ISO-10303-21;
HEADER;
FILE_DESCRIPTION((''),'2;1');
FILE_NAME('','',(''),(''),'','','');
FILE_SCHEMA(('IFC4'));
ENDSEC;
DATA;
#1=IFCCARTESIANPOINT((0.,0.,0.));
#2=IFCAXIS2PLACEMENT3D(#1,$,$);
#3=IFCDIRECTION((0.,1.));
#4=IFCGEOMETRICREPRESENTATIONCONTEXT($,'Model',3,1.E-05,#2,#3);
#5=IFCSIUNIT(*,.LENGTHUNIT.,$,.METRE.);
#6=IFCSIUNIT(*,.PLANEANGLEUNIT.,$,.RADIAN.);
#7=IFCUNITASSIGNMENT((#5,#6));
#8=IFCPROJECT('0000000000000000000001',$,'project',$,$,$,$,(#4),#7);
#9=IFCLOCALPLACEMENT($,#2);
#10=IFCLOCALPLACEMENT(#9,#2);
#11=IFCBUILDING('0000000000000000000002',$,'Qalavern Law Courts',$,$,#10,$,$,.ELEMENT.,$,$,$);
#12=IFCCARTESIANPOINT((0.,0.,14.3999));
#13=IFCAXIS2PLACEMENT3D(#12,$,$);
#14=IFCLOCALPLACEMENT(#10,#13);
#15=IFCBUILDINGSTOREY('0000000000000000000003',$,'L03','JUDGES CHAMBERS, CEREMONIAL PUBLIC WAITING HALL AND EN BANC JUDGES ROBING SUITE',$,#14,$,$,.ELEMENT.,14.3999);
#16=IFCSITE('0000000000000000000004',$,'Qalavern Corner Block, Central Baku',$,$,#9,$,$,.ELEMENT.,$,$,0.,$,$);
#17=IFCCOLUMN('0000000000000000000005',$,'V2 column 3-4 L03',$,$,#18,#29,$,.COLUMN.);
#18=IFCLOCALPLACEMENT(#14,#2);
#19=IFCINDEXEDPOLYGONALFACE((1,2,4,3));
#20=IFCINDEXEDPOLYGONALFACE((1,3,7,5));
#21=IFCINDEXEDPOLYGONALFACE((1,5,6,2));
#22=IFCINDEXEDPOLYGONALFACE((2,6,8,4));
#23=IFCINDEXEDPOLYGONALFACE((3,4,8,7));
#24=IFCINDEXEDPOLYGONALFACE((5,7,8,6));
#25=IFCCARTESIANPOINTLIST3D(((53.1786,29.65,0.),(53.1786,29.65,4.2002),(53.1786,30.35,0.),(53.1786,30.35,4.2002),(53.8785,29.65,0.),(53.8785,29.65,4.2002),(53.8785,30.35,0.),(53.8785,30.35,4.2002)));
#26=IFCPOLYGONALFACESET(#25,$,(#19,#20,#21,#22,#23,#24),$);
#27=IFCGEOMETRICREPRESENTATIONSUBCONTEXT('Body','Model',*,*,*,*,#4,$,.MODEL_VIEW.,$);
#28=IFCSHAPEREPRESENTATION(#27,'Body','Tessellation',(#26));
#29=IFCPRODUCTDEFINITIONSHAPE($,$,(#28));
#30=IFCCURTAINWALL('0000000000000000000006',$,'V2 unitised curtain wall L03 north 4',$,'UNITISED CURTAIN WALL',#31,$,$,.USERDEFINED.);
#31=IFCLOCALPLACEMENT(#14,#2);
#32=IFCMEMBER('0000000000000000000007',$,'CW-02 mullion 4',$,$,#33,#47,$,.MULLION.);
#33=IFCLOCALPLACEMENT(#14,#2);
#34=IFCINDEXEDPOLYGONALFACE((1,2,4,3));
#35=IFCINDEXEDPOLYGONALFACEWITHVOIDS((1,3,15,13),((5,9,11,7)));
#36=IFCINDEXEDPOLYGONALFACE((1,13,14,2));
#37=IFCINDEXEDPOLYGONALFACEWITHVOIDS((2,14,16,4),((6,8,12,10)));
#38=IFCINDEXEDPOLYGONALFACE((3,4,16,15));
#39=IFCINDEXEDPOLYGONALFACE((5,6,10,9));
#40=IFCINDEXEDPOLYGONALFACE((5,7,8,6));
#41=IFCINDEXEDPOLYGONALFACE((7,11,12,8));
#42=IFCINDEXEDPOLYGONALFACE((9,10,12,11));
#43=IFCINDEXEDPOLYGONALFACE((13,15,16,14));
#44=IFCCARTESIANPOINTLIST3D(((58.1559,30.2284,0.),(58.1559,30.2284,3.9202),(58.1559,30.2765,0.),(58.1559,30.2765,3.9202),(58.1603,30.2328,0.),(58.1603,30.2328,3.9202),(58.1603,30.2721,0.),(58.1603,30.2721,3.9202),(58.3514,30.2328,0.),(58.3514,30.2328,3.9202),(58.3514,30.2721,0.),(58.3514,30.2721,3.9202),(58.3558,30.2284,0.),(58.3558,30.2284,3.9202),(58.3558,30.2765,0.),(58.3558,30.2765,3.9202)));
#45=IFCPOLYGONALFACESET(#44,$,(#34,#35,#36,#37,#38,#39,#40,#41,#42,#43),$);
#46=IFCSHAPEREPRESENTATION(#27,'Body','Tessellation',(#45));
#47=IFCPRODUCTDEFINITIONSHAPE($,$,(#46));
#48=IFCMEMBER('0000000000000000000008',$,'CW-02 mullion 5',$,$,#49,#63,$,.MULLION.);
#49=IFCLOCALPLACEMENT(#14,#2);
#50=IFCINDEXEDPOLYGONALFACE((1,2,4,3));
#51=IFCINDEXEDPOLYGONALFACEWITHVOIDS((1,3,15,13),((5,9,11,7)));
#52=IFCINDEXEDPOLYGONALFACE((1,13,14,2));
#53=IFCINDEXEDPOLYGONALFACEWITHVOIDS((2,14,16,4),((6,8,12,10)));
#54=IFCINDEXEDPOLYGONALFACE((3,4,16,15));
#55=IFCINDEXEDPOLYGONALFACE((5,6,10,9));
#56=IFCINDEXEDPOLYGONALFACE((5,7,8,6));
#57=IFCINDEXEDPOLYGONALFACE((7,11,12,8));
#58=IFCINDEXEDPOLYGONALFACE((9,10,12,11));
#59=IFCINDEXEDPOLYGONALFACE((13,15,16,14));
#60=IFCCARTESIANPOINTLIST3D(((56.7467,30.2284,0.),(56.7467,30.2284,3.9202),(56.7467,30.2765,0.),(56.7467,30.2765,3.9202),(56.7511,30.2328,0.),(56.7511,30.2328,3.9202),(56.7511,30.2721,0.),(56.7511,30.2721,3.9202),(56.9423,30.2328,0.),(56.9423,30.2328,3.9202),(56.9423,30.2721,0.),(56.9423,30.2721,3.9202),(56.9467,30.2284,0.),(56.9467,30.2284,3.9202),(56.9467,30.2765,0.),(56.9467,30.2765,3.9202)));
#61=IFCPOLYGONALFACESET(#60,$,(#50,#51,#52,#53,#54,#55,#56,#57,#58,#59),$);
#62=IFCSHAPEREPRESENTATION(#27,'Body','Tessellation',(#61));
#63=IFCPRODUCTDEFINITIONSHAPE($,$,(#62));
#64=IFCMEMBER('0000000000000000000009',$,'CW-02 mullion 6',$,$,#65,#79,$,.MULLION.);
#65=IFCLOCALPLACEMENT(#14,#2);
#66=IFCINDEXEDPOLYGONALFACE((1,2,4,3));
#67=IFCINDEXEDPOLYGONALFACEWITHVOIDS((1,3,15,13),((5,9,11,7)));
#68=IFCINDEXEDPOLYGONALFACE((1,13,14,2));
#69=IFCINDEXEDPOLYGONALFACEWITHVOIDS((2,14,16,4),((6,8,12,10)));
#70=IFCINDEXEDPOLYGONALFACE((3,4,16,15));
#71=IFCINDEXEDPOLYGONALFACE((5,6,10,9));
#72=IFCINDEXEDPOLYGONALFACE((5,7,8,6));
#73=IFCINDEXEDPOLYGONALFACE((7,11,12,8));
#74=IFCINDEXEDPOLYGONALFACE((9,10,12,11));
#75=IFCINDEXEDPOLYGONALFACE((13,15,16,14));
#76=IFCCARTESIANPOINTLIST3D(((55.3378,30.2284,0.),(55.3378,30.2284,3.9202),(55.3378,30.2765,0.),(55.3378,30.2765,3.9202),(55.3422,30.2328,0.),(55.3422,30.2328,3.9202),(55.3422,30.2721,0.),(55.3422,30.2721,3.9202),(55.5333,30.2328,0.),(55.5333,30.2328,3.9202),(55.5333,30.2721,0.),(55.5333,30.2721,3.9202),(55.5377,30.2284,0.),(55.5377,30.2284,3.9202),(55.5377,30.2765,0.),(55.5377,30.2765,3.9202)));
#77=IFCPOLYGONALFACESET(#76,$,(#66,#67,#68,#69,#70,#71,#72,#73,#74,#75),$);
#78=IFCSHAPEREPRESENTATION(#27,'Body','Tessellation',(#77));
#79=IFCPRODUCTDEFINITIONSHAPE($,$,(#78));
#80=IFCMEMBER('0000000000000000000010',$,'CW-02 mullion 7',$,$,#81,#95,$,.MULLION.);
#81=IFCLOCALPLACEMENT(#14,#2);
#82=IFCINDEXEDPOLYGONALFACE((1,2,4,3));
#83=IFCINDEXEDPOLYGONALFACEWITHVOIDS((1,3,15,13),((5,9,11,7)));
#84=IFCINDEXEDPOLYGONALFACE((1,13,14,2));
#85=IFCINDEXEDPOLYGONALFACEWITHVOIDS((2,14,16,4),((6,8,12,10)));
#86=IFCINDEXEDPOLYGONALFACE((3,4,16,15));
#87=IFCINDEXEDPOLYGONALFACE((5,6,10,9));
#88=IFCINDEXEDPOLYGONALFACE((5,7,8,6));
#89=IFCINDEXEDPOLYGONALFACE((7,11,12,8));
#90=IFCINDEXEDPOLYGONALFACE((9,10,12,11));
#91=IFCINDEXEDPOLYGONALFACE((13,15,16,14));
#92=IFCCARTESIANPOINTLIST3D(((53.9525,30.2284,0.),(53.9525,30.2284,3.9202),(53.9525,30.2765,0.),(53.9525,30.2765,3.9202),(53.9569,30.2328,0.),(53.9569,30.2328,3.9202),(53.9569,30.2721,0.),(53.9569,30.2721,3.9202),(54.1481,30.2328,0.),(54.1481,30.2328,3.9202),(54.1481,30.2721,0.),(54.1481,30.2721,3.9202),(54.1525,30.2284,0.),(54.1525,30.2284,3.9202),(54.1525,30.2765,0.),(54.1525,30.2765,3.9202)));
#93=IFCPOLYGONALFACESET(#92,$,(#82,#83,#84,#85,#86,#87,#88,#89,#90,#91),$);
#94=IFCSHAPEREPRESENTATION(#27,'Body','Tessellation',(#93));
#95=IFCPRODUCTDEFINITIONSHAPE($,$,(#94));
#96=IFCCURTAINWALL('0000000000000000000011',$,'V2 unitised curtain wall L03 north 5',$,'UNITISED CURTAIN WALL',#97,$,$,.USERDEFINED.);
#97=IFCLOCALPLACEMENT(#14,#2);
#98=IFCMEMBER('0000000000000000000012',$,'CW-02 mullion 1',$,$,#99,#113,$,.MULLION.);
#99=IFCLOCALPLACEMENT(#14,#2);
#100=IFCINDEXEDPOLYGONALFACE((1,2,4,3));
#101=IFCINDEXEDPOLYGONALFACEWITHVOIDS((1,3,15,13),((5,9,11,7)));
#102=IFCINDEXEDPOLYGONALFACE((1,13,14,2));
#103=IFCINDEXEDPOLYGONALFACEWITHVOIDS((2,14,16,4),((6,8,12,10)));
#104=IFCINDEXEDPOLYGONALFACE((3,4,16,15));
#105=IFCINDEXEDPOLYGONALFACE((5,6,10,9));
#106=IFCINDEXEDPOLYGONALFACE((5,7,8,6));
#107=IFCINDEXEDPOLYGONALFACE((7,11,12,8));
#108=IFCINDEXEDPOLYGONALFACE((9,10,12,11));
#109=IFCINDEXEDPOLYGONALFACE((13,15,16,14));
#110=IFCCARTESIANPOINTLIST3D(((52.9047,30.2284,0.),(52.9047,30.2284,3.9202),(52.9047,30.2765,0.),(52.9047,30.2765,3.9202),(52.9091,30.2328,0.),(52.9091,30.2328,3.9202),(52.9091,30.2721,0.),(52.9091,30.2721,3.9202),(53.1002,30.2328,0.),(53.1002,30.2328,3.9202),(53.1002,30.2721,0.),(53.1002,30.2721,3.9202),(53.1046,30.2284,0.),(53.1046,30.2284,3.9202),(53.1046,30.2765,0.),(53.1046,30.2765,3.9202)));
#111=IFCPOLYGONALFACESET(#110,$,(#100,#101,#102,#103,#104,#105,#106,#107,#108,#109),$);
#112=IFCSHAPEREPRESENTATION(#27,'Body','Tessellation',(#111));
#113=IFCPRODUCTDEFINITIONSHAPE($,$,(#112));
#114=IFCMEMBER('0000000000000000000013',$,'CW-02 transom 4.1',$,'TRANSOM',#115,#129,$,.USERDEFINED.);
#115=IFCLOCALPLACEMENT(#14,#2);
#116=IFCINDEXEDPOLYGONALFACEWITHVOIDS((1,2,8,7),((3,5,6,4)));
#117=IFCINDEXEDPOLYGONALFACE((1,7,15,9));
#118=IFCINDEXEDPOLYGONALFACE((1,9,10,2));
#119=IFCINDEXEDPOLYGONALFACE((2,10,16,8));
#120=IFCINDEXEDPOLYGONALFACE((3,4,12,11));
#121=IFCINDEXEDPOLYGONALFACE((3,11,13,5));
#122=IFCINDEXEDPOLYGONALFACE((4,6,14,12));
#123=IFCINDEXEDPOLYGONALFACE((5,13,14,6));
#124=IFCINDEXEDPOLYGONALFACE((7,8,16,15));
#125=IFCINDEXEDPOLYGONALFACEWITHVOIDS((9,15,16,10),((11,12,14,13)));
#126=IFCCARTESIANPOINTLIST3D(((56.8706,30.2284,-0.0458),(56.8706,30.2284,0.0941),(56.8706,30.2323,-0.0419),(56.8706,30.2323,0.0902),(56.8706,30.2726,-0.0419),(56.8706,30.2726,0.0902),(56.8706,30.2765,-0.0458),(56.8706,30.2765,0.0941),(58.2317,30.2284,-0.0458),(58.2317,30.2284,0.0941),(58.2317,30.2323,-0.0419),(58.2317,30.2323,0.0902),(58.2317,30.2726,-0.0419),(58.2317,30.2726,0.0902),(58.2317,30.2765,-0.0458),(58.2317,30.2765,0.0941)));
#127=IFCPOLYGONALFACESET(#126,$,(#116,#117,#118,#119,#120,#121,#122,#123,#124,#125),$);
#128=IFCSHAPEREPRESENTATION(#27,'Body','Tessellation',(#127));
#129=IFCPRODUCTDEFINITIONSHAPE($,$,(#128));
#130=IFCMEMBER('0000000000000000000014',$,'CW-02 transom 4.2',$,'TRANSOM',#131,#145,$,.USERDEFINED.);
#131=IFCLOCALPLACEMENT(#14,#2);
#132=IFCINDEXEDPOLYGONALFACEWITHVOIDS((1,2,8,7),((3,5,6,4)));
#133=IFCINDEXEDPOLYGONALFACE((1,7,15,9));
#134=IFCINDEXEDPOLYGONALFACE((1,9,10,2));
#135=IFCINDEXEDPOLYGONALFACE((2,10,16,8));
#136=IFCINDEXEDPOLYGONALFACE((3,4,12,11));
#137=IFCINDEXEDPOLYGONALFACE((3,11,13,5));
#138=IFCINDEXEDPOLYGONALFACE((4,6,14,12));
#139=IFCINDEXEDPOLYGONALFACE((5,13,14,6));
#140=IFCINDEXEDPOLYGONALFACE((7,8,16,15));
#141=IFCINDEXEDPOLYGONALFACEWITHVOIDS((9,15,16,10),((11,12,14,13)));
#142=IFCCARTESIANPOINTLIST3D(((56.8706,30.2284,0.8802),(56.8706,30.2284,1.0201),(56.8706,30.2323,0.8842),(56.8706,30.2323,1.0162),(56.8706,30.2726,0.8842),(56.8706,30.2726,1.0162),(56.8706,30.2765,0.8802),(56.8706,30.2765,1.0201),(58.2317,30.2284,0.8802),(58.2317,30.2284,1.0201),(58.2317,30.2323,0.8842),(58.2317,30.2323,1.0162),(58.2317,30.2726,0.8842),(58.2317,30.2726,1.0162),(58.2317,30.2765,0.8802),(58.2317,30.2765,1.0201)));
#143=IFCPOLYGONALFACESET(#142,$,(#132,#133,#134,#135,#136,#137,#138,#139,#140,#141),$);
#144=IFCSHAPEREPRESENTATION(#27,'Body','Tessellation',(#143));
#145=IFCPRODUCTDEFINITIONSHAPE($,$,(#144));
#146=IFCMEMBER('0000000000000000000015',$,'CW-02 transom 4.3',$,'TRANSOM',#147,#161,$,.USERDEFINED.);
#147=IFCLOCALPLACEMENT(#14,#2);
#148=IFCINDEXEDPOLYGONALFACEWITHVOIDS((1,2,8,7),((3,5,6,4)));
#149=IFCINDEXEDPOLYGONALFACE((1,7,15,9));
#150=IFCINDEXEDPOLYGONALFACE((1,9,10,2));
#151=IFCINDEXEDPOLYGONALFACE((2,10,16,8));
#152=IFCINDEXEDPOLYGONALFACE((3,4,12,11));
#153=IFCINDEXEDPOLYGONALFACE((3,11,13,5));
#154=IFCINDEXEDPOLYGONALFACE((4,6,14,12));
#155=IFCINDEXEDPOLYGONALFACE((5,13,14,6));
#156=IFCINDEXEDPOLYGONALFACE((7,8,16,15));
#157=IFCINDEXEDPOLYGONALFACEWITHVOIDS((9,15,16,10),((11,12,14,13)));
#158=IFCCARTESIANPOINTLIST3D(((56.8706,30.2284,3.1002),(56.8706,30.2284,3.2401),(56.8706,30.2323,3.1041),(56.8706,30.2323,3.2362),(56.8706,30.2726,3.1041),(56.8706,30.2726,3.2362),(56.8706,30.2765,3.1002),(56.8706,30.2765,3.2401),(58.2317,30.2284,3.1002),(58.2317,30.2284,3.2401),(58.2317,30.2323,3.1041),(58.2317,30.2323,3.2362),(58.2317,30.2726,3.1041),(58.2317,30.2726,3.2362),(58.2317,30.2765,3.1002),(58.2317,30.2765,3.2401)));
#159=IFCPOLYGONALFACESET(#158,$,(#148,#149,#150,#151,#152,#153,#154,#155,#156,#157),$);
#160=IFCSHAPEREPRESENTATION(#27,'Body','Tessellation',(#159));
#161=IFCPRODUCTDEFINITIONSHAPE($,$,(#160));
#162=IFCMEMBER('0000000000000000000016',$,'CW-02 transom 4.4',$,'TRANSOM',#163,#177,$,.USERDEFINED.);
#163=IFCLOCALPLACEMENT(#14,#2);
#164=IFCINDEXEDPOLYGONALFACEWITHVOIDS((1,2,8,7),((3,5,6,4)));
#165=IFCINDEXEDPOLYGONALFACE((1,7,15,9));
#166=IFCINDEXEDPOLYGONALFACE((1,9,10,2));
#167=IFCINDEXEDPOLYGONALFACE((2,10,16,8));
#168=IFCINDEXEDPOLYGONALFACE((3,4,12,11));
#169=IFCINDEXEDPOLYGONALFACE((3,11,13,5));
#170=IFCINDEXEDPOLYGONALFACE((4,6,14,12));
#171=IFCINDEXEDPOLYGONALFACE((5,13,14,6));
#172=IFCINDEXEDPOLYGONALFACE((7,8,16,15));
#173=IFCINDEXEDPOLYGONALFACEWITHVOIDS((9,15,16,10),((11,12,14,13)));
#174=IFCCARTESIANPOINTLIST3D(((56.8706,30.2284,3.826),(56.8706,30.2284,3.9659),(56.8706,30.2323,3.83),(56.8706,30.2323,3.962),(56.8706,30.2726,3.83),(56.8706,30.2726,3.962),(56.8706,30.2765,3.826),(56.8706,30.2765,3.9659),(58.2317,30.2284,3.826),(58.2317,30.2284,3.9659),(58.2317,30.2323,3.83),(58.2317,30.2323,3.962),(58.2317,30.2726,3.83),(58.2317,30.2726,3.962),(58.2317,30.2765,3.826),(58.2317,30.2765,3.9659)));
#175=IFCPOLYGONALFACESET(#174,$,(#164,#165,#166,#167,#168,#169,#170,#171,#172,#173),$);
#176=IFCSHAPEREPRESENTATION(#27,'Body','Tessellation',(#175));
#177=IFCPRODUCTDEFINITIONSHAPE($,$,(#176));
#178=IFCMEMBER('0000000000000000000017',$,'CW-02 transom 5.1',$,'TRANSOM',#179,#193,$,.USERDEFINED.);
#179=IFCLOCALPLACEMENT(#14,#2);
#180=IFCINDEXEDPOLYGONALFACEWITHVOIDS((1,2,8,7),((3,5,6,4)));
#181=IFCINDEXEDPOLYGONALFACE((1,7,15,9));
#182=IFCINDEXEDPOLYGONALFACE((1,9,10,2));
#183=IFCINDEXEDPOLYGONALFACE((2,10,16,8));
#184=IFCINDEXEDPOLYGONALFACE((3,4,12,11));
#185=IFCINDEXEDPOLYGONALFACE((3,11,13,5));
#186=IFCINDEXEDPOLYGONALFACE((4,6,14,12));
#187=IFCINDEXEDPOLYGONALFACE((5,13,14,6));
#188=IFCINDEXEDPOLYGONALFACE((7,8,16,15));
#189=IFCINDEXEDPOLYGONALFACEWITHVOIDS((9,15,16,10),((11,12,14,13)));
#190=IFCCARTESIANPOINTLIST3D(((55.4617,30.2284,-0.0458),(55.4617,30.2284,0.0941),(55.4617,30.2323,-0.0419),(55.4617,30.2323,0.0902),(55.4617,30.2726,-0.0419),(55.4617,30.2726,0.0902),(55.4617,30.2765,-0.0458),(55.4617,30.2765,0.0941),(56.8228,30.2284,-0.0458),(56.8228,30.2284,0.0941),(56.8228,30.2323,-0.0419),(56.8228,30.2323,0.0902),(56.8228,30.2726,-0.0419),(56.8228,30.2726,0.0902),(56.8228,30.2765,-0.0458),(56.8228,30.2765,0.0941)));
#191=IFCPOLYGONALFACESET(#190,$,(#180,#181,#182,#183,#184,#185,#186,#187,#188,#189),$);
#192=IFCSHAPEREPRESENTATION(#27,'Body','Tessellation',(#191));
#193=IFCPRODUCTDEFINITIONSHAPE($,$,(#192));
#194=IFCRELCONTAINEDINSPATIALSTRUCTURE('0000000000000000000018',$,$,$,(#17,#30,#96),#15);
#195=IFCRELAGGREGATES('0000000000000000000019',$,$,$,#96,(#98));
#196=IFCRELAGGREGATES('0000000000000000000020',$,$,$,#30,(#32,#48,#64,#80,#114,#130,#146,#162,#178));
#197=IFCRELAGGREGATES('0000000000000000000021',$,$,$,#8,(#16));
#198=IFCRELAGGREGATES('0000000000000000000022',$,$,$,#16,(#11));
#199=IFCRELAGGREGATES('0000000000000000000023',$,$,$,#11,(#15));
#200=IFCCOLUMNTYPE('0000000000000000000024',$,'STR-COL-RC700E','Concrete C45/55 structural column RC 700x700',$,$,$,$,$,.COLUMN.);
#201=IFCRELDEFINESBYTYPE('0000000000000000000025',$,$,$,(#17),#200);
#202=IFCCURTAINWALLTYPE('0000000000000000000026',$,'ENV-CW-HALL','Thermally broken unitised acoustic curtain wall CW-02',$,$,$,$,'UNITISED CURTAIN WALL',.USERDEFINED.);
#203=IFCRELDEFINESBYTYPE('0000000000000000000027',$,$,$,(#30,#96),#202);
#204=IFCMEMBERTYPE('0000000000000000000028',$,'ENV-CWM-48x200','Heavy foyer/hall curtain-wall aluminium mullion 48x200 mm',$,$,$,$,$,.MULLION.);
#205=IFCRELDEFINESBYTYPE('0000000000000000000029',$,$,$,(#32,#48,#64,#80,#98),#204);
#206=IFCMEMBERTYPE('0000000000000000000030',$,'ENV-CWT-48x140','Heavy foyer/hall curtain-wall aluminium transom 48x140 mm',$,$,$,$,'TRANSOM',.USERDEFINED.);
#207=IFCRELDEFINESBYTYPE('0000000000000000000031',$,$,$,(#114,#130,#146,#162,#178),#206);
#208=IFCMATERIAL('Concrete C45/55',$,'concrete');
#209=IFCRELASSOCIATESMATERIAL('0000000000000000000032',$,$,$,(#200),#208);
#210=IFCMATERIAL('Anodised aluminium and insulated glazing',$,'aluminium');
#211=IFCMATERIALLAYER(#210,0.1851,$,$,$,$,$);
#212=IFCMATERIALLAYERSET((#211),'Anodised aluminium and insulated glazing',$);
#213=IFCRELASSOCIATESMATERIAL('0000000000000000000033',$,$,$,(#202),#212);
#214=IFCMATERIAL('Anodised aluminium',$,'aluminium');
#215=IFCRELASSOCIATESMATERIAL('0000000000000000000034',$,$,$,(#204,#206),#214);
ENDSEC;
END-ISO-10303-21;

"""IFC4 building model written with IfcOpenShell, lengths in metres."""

from ifc_helpers import new_model, si_unit, direction, frame, origin, origin_2d, place, context, subcontext, project, spatial, rectangle, hollow_rectangle, extrude, material, layer, layer_set, material_profile, profile_set, type_object, element, aggregate, save


model = new_model("IFC4")

# Units and contexts
model_context = context("Model", 3, precision=1e-05, world=origin(), true_north=direction((0.0, 1.0)))
body_context = subcontext(model_context, "Body", "Model", "MODEL_VIEW")
ifc_project = project(units=[si_unit("LENGTHUNIT", "METRE"), si_unit("PLANEANGLEUNIT", "RADIAN")], contexts=[model_context])

# Site, building, storey
site_placement = place(None, origin())
site = spatial("IfcSite", under=ifc_project, at=site_placement, Name="Qalavern Corner Block, Central Baku", CompositionType="ELEMENT", RefElevation=0.0)
building_placement = place(site_placement, origin())
building = spatial("IfcBuilding", under=site, at=building_placement, Name="Qalavern Law Courts", CompositionType="ELEMENT")
storey_placement = place(building_placement, frame((0.0, 0.0, 14.3999)))
storey = spatial("IfcBuildingStorey", under=building, at=storey_placement, Name="L03", Description="JUDGES CHAMBERS, CEREMONIAL PUBLIC WAITING HALL AND EN BANC JUDGES ROBING SUITE", CompositionType="ELEMENT", Elevation=14.3999)

# Column
ifc_material_1 = material(Name="Concrete C45/55", Category="concrete")
ifc_material_profile_1 = material_profile(ifc_material_1, rectangle(XDim=0.7, YDim=0.7, at=origin_2d()), Name="RC 700x700")
ifc_profile_set_1 = profile_set([ifc_material_profile_1], Name="Concrete C45/55")
column_type = type_object("IfcColumnType", Name="STR-COL-RC700E", Description="Concrete C45/55 structural column RC 700x700", PredefinedType="COLUMN", material=ifc_profile_set_1)
column_placement = place(storey_placement, frame((53.5286, 30.0, 0.0), z_axis=(0.0, 0.0, 1.0), x_axis=(1.0, 0.0, 0.0)))
element("IfcColumn", 1, at=column_placement, inside=storey, type_object=column_type, Name="V2 column 3-4 L03", PredefinedType="COLUMN", context=body_context, shape_type="SweptSolid", body=[
    extrude(rectangle(XDim=0.7, YDim=0.7, at=origin_2d()), origin(), (0.0, 0.0, 1.0), 4.2002),
])

# Curtain wall, members
ifc_material_2 = material(Name="Anodised aluminium and insulated glazing", Category="aluminium")
ifc_layer_1 = layer(ifc_material_2, 0.1851)
ifc_layer_set_1 = layer_set([ifc_layer_1], Name="Anodised aluminium and insulated glazing")
curtain_wall_type = type_object("IfcCurtainWallType", Name="ENV-CW-HALL", Description="Thermally broken unitised acoustic curtain wall CW-02", ElementType="UNITISED CURTAIN WALL", PredefinedType="USERDEFINED", material=ifc_layer_set_1)
curtain_wall_1_placement = place(storey_placement, origin())
curtain_wall_1 = element("IfcCurtainWall", 2, at=curtain_wall_1_placement, inside=storey, type_object=curtain_wall_type, Name="V2 unitised curtain wall L03 north 4", ObjectType="UNITISED CURTAIN WALL", PredefinedType="USERDEFINED")
ifc_material_3 = material(Name="Anodised aluminium", Category="aluminium")
ifc_material_profile_2 = material_profile(ifc_material_3, hollow_rectangle(XDim=0.0481, YDim=0.2, WallThickness=0.0044, at=origin_2d()), Name="ALU MULLION 48x200")
ifc_profile_set_2 = profile_set([ifc_material_profile_2], Name="Anodised aluminium")
member_type_1 = type_object("IfcMemberType", Name="ENV-CWM-48x200", Description="Heavy foyer/hall curtain-wall aluminium mullion 48x200 mm", PredefinedType="MULLION", material=ifc_profile_set_2)
member_1_placement = place(storey_placement, frame((58.2559, 30.2524, 0.0), z_axis=(0.0, 0.0, 1.0), x_axis=(0.0, -1.0, 0.0)))
member_1 = element("IfcMember", 3, at=member_1_placement, type_object=member_type_1, Name="CW-02 mullion 4", PredefinedType="MULLION", context=body_context, shape_type="SweptSolid", body=[
    extrude(hollow_rectangle(XDim=0.0481, YDim=0.2, WallThickness=0.0044, at=origin_2d()), origin(), (0.0, 0.0, 1.0), 3.9202),
])
member_2_placement = place(storey_placement, frame((56.8467, 30.2524, 0.0), z_axis=(0.0, 0.0, 1.0), x_axis=(0.0, -1.0, 0.0)))
member_2 = element("IfcMember", 4, at=member_2_placement, type_object=member_type_1, Name="CW-02 mullion 5", PredefinedType="MULLION", context=body_context, shape_type="SweptSolid", body=[
    extrude(hollow_rectangle(XDim=0.0481, YDim=0.2, WallThickness=0.0044, at=origin_2d()), origin(), (0.0, 0.0, 1.0), 3.9202),
])
member_3_placement = place(storey_placement, frame((55.4377, 30.2524, 0.0), z_axis=(0.0, 0.0, 1.0), x_axis=(0.0, -1.0, 0.0)))
member_3 = element("IfcMember", 5, at=member_3_placement, type_object=member_type_1, Name="CW-02 mullion 6", PredefinedType="MULLION", context=body_context, shape_type="SweptSolid", body=[
    extrude(hollow_rectangle(XDim=0.0481, YDim=0.2, WallThickness=0.0044, at=origin_2d()), origin(), (0.0, 0.0, 1.0), 3.9202),
])
member_4_placement = place(storey_placement, frame((54.0525, 30.2524, 0.0), z_axis=(0.0, 0.0, 1.0), x_axis=(0.0, -1.0, 0.0)))
member_4 = element("IfcMember", 6, at=member_4_placement, type_object=member_type_1, Name="CW-02 mullion 7", PredefinedType="MULLION", context=body_context, shape_type="SweptSolid", body=[
    extrude(hollow_rectangle(XDim=0.0481, YDim=0.2, WallThickness=0.0044, at=origin_2d()), origin(), (0.0, 0.0, 1.0), 3.9202),
])

# Curtain wall, member
curtain_wall_2_placement = place(storey_placement, origin())
curtain_wall_2 = element("IfcCurtainWall", 7, at=curtain_wall_2_placement, inside=storey, type_object=curtain_wall_type, Name="V2 unitised curtain wall L03 north 5", ObjectType="UNITISED CURTAIN WALL", PredefinedType="USERDEFINED")
member_5_placement = place(storey_placement, frame((53.0046, 30.2524, 0.0), z_axis=(0.0, 0.0, 1.0), x_axis=(0.0, -1.0, 0.0)))
member_5 = element("IfcMember", 8, at=member_5_placement, type_object=member_type_1, Name="CW-02 mullion 1", PredefinedType="MULLION", context=body_context, shape_type="SweptSolid", body=[
    extrude(hollow_rectangle(XDim=0.0481, YDim=0.2, WallThickness=0.0044, at=origin_2d()), origin(), (0.0, 0.0, 1.0), 3.9202),
])

# Members
ifc_material_profile_3 = material_profile(ifc_material_3, hollow_rectangle(XDim=0.0481, YDim=0.1399, WallThickness=0.0039, at=origin_2d()), Name="ALU TRANSOM 48x140")
ifc_profile_set_3 = profile_set([ifc_material_profile_3], Name="Anodised aluminium")
member_type_2 = type_object("IfcMemberType", Name="ENV-CWT-48x140", Description="Heavy foyer/hall curtain-wall aluminium transom 48x140 mm", ElementType="TRANSOM", PredefinedType="USERDEFINED", material=ifc_profile_set_3)
member_6_placement = place(storey_placement, frame((58.2317, 30.2524, 0.0242), z_axis=(-1.0, 0.0, 0.0), x_axis=(0.0, -1.0, 0.0)))
member_6 = element("IfcMember", 9, at=member_6_placement, type_object=member_type_2, Name="CW-02 transom 4.1", ObjectType="TRANSOM", PredefinedType="USERDEFINED", context=body_context, shape_type="SweptSolid", body=[
    extrude(hollow_rectangle(XDim=0.0481, YDim=0.1399, WallThickness=0.0039, at=origin_2d()), origin(), (0.0, 0.0, 1.0), 1.3611),
])
member_7_placement = place(storey_placement, frame((58.2317, 30.2524, 0.9502), z_axis=(-1.0, 0.0, 0.0), x_axis=(0.0, -1.0, 0.0)))
member_7 = element("IfcMember", 10, at=member_7_placement, type_object=member_type_2, Name="CW-02 transom 4.2", ObjectType="TRANSOM", PredefinedType="USERDEFINED", context=body_context, shape_type="SweptSolid", body=[
    extrude(hollow_rectangle(XDim=0.0481, YDim=0.1399, WallThickness=0.0039, at=origin_2d()), origin(), (0.0, 0.0, 1.0), 1.3611),
])
member_8_placement = place(storey_placement, frame((58.2317, 30.2524, 3.1702), z_axis=(-1.0, 0.0, 0.0), x_axis=(0.0, -1.0, 0.0)))
member_8 = element("IfcMember", 11, at=member_8_placement, type_object=member_type_2, Name="CW-02 transom 4.3", ObjectType="TRANSOM", PredefinedType="USERDEFINED", context=body_context, shape_type="SweptSolid", body=[
    extrude(hollow_rectangle(XDim=0.0481, YDim=0.1399, WallThickness=0.0039, at=origin_2d()), origin(), (0.0, 0.0, 1.0), 1.3611),
])
member_9_placement = place(storey_placement, frame((58.2317, 30.2524, 3.896), z_axis=(-1.0, 0.0, 0.0), x_axis=(0.0, -1.0, 0.0)))
member_9 = element("IfcMember", 12, at=member_9_placement, type_object=member_type_2, Name="CW-02 transom 4.4", ObjectType="TRANSOM", PredefinedType="USERDEFINED", context=body_context, shape_type="SweptSolid", body=[
    extrude(hollow_rectangle(XDim=0.0481, YDim=0.1399, WallThickness=0.0039, at=origin_2d()), origin(), (0.0, 0.0, 1.0), 1.3611),
])
member_10_placement = place(storey_placement, frame((56.8228, 30.2524, 0.0242), z_axis=(-1.0, 0.0, 0.0), x_axis=(0.0, -1.0, 0.0)))
member_10 = element("IfcMember", 13, at=member_10_placement, type_object=member_type_2, Name="CW-02 transom 5.1", ObjectType="TRANSOM", PredefinedType="USERDEFINED", context=body_context, shape_type="SweptSolid", body=[
    extrude(hollow_rectangle(XDim=0.0481, YDim=0.1399, WallThickness=0.0039, at=origin_2d()), origin(), (0.0, 0.0, 1.0), 1.3611),
])
aggregate(curtain_wall_2, [member_5])

aggregate(curtain_wall_1, [member_1, member_2, member_3, member_4, member_6, member_7, member_8, member_9, member_10])

save(model, "model.ifc")
